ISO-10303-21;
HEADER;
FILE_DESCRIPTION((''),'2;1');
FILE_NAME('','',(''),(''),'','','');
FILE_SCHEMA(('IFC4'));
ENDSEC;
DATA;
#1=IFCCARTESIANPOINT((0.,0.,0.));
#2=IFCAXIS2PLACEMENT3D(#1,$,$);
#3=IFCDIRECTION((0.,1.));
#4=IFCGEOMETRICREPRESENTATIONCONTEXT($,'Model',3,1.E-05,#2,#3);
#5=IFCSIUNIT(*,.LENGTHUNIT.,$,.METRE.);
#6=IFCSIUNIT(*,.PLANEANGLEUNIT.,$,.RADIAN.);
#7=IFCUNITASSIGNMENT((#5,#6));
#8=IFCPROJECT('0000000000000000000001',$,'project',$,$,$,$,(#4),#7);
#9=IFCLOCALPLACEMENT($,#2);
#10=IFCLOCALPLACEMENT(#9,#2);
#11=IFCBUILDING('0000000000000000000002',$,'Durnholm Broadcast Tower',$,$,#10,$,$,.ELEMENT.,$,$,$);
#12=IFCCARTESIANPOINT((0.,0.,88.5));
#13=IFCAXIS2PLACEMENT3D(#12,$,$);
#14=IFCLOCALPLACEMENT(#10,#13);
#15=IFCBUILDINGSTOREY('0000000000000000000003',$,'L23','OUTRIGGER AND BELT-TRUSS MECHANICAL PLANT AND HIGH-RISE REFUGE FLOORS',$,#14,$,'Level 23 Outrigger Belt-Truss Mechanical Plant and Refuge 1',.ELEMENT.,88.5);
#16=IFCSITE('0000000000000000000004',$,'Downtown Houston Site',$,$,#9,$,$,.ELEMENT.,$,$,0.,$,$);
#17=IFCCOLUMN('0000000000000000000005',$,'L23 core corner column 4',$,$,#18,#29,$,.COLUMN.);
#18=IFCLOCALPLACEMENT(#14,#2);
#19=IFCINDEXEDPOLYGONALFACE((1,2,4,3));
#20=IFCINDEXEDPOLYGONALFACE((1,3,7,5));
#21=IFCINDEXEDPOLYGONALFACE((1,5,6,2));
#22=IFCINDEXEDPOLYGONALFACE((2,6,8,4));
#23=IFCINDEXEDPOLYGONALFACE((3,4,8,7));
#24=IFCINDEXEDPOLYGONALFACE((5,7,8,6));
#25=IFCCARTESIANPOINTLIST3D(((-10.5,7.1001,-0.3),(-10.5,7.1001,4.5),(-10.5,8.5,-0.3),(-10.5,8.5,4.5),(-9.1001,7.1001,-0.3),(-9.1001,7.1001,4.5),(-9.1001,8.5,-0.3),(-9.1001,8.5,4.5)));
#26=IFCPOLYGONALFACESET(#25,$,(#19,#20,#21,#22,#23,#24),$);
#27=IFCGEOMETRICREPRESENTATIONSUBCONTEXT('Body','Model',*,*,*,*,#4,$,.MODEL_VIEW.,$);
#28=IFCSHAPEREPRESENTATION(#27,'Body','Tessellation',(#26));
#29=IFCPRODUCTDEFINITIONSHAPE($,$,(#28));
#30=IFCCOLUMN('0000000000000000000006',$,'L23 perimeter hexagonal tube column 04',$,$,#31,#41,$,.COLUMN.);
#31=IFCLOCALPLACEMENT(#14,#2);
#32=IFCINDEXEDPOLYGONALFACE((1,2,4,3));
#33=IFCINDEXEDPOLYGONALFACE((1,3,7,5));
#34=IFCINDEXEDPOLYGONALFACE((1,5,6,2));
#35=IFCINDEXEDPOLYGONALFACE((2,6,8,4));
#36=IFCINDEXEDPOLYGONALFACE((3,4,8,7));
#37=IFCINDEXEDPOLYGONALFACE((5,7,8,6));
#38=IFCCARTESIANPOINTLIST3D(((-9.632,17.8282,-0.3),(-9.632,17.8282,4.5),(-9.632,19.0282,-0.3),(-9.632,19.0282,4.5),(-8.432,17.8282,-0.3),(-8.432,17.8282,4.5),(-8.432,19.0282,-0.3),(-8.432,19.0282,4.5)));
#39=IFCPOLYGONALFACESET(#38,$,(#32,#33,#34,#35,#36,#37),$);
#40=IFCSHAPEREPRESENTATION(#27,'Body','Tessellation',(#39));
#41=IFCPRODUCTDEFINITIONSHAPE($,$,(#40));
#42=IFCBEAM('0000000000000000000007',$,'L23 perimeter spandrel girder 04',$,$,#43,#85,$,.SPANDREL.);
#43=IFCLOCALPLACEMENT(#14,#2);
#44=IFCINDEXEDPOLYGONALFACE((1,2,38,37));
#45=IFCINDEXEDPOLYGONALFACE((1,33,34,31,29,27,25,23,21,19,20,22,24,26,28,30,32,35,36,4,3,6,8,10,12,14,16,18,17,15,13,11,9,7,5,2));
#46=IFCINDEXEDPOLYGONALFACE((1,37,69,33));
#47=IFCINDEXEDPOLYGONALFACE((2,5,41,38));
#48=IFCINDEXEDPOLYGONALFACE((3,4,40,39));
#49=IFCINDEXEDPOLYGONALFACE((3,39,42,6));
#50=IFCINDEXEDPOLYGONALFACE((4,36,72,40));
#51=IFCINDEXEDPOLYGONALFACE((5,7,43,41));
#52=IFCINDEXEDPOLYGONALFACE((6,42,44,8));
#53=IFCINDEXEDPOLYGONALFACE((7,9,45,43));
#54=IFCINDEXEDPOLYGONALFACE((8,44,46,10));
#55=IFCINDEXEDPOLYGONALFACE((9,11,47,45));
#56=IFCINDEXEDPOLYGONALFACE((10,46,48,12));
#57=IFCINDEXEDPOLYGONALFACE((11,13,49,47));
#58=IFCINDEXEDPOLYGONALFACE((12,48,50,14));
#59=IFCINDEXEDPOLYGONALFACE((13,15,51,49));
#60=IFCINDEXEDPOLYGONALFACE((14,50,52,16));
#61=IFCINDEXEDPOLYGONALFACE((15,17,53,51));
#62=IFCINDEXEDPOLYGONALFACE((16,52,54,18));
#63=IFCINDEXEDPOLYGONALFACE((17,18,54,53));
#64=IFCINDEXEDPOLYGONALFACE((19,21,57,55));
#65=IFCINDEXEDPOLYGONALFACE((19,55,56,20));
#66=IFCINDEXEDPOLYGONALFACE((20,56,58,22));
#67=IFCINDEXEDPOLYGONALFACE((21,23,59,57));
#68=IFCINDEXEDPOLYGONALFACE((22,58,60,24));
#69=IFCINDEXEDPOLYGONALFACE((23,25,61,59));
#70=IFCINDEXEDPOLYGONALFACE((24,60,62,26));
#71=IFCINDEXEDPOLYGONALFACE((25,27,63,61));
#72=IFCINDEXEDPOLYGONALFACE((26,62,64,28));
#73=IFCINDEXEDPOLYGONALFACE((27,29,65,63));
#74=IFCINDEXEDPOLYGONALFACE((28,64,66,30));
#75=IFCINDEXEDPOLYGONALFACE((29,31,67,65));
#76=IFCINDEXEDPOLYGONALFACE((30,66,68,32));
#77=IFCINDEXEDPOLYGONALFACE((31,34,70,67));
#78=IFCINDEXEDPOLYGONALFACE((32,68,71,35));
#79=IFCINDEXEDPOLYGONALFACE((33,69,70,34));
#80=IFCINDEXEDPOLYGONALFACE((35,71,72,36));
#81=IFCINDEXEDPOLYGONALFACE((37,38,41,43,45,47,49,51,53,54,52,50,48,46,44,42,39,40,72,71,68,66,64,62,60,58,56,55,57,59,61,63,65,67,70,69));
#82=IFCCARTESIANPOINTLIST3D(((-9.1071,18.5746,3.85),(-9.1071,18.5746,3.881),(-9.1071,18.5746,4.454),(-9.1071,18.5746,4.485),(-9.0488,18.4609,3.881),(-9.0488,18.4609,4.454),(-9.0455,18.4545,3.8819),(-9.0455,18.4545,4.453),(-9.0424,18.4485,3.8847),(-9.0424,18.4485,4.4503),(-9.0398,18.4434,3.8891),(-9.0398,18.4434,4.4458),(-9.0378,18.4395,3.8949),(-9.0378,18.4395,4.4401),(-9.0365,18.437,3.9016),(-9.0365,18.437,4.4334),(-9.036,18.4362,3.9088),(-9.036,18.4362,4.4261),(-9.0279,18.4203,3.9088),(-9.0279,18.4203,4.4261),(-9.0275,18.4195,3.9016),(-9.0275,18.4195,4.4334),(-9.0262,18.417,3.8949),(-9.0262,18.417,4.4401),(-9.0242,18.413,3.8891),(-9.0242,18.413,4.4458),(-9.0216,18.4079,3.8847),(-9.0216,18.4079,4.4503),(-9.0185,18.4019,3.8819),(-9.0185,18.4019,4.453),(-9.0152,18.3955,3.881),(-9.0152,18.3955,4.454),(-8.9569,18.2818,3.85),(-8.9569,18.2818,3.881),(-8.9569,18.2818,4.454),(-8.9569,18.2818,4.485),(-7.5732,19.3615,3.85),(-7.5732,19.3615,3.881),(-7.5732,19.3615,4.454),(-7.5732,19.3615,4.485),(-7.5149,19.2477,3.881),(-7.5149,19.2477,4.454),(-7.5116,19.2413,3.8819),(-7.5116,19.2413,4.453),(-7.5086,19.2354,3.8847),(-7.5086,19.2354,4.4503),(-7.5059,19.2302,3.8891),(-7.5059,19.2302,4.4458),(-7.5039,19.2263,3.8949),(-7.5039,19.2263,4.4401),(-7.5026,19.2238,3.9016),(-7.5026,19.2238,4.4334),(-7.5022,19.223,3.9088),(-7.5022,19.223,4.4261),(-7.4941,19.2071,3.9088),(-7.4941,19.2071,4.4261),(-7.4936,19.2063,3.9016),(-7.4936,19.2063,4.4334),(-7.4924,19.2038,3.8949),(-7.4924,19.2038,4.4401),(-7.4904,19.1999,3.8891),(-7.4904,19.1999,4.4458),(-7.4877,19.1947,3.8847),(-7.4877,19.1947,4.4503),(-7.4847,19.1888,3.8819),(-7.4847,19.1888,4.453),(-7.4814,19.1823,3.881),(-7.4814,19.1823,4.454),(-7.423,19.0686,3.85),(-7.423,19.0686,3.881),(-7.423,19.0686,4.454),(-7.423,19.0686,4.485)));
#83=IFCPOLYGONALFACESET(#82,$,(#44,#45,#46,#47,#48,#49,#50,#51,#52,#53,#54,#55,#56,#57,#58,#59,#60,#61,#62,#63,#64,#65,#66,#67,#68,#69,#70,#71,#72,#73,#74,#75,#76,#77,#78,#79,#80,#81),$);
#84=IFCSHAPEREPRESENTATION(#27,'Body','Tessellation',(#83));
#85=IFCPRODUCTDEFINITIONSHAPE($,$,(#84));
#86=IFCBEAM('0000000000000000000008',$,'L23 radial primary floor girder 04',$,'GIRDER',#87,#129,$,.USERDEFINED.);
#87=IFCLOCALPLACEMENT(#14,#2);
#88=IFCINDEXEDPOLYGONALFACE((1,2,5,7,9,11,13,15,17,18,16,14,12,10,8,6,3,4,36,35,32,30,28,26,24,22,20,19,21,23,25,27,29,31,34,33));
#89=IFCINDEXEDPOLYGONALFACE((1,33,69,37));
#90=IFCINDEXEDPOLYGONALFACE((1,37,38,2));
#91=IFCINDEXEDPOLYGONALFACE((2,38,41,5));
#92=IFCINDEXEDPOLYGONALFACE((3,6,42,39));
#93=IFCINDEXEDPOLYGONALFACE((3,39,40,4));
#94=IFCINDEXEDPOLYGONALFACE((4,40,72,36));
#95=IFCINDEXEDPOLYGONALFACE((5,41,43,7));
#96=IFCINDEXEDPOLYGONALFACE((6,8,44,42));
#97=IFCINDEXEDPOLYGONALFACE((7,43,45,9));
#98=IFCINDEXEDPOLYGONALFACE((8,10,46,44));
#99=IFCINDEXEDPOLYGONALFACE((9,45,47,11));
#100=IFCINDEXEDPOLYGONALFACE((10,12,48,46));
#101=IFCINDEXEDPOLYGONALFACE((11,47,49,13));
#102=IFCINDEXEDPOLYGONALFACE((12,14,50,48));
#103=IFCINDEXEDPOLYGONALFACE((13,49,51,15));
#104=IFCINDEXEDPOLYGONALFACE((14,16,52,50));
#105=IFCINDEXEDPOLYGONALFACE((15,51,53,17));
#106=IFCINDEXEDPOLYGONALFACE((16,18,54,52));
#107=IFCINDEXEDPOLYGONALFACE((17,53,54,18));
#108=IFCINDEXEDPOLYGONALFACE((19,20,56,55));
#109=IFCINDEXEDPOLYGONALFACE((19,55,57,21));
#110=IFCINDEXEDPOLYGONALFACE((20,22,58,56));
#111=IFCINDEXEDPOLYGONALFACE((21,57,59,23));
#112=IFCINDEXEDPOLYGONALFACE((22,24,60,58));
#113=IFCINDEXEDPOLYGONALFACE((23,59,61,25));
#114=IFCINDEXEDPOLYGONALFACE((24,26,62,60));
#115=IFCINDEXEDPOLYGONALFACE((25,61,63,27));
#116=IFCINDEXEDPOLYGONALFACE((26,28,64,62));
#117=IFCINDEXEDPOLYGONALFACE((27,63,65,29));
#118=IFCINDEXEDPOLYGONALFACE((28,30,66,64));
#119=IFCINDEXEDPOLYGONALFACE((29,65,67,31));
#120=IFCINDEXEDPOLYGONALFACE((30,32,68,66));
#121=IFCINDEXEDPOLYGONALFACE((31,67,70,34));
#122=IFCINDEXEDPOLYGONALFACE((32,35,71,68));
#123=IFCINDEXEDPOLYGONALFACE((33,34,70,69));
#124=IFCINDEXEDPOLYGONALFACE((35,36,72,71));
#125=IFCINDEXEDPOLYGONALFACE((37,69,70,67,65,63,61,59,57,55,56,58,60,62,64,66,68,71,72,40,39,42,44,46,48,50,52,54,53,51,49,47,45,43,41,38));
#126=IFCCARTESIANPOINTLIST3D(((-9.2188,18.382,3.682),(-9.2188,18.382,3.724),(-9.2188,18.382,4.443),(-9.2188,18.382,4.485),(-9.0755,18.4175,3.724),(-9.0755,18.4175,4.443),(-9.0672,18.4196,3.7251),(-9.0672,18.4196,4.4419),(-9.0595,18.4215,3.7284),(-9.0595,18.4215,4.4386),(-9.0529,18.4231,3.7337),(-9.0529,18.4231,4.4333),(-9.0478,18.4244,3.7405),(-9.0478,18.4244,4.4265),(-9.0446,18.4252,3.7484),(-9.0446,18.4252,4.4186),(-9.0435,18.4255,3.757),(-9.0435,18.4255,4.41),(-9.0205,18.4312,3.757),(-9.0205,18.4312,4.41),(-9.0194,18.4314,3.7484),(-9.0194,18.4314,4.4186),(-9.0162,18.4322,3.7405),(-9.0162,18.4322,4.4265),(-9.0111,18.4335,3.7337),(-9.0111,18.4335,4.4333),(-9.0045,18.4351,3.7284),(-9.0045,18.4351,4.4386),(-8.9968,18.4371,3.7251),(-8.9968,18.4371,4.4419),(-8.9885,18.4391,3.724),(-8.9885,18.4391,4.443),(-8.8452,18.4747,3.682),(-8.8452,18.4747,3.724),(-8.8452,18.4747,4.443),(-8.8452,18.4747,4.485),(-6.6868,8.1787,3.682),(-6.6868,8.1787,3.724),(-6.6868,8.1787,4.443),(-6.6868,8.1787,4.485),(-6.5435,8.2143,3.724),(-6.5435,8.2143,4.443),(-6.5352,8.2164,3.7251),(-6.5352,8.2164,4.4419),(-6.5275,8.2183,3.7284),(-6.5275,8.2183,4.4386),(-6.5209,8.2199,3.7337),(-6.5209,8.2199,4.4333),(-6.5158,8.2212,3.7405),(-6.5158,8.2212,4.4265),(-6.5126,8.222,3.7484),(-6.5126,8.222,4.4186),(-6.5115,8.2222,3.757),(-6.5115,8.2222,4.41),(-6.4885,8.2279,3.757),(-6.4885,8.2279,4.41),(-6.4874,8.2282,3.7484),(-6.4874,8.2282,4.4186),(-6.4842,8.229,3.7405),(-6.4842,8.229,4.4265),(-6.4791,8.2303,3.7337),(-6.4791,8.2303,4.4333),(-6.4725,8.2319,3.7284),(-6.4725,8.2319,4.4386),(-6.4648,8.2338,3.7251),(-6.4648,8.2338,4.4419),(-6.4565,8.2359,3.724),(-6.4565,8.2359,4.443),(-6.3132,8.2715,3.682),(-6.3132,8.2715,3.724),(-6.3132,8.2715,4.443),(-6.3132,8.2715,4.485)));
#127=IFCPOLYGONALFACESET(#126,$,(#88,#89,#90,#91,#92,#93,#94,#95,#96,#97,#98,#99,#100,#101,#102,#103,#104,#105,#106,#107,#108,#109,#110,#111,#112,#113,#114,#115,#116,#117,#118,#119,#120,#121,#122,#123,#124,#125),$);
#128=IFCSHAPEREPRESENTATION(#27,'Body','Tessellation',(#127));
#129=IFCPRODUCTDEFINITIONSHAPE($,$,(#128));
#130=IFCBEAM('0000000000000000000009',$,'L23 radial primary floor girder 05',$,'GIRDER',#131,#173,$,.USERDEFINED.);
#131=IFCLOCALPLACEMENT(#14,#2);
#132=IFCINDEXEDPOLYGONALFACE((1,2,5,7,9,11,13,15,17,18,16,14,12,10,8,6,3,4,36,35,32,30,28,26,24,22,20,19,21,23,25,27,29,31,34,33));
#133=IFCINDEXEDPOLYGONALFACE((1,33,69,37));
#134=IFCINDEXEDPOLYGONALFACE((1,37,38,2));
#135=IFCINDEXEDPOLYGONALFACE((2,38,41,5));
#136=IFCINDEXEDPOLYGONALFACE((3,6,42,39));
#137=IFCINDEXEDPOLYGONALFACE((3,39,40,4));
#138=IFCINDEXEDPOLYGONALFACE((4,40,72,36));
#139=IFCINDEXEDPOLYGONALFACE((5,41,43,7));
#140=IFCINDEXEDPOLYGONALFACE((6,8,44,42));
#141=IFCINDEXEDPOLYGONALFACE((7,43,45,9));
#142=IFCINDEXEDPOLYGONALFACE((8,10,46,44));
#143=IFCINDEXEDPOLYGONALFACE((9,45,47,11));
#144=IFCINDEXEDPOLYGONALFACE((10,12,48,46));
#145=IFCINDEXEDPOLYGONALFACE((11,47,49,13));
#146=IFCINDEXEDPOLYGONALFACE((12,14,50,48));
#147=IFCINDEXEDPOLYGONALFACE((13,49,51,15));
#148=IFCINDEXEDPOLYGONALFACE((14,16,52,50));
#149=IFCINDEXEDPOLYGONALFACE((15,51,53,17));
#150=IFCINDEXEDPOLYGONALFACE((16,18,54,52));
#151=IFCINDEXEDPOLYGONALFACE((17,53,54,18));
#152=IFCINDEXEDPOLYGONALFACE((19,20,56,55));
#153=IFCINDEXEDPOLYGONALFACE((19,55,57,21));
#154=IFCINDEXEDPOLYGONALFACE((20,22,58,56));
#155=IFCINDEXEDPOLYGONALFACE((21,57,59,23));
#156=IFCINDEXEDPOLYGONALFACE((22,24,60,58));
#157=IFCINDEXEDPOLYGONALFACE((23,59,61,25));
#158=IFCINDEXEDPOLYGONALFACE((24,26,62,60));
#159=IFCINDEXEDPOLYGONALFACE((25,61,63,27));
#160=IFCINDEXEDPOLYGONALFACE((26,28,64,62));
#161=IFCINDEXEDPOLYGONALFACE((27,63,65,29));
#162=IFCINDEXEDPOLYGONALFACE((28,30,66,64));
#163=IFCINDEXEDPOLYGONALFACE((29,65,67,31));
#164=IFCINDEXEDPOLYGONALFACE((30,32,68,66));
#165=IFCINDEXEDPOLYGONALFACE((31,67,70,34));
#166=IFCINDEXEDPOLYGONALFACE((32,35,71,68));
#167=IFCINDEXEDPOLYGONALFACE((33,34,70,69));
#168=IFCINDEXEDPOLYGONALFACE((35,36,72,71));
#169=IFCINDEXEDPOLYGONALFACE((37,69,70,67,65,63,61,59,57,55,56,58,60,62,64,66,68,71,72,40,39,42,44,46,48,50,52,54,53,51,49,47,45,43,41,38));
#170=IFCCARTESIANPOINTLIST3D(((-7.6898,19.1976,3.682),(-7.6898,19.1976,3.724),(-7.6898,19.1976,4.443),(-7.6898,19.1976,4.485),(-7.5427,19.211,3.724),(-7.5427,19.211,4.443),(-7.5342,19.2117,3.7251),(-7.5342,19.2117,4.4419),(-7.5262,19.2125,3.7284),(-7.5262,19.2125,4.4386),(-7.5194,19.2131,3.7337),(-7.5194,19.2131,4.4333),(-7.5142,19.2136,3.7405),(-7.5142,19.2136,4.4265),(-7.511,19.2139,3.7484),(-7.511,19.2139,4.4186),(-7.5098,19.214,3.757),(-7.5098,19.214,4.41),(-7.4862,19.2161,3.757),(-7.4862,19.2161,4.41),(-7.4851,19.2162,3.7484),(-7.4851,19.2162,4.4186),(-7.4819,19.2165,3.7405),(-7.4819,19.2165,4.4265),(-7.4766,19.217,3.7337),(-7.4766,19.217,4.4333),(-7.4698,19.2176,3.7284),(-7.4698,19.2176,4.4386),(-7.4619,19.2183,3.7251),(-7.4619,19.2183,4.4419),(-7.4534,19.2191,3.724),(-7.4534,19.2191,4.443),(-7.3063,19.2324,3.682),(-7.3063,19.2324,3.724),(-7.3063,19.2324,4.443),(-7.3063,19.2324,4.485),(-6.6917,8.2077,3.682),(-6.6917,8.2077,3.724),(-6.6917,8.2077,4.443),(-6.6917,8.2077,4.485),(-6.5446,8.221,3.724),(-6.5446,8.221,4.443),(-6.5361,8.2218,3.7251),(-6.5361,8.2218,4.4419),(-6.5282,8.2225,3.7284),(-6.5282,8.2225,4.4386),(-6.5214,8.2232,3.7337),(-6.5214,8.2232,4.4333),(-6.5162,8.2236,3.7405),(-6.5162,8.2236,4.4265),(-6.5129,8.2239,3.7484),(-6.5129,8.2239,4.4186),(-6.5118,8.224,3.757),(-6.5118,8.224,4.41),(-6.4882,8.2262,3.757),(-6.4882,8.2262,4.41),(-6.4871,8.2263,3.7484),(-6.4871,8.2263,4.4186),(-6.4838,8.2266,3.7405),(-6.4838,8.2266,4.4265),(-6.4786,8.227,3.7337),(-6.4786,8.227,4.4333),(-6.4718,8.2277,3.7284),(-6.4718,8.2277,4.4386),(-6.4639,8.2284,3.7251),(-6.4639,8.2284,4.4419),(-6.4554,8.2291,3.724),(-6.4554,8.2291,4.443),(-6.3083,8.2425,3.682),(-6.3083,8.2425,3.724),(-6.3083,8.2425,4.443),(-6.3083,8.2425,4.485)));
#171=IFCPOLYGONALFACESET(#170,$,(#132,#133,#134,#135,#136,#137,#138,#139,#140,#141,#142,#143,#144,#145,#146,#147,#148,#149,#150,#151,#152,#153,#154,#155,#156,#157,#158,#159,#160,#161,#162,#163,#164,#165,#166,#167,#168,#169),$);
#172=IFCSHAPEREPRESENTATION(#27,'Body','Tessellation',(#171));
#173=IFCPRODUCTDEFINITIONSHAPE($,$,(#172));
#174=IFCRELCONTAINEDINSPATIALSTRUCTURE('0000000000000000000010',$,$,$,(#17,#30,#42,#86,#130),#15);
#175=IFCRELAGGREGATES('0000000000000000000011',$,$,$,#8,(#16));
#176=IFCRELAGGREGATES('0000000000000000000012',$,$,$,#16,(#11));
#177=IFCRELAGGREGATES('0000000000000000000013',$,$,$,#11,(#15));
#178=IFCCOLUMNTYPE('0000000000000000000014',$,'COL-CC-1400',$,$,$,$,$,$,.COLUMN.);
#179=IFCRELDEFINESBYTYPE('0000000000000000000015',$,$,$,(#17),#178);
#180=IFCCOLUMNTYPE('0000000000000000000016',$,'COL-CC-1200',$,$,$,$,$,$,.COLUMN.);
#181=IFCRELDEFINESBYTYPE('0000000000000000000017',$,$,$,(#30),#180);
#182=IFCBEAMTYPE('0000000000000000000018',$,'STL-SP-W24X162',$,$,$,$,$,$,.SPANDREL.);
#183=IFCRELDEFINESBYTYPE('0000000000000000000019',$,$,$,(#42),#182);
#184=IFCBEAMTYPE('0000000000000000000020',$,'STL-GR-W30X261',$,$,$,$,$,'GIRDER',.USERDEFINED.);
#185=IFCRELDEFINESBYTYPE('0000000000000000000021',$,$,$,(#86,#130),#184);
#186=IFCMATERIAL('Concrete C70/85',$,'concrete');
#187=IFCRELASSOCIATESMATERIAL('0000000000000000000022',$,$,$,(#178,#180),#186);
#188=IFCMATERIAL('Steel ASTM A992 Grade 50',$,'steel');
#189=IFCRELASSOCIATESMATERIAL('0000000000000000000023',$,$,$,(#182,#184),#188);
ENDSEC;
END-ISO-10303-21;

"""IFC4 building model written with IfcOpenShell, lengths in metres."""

from ifc_helpers import new_model, si_unit, direction, frame, origin, origin_2d, place, context, subcontext, project, spatial, rectangle, i_section, extrude, source, transform, mapped, material, material_profile, profile_set, type_object, type_shapes, element, save


model = new_model("IFC4")

# Units and contexts
model_context = context("Model", 3, precision=1e-05, world=origin(), true_north=direction((0.0, 1.0)))
body_context = subcontext(model_context, "Body", "Model", "MODEL_VIEW")
ifc_project = project(units=[si_unit("LENGTHUNIT", "METRE"), si_unit("PLANEANGLEUNIT", "RADIAN")], contexts=[model_context])

# Site, building, storey
site_placement = place(None, origin())
site = spatial("IfcSite", under=ifc_project, at=site_placement, Name="Downtown Houston Site", CompositionType="ELEMENT", RefElevation=0.0)
building_placement = place(site_placement, origin())
building = spatial("IfcBuilding", under=site, at=building_placement, Name="Durnholm Broadcast Tower", CompositionType="ELEMENT")
storey_placement = place(building_placement, frame((0.0, 0.0, 88.5)))
storey = spatial("IfcBuildingStorey", under=building, at=storey_placement, Name="L23", Description="OUTRIGGER AND BELT-TRUSS MECHANICAL PLANT AND HIGH-RISE REFUGE FLOORS", LongName="Level 23 Outrigger Belt-Truss Mechanical Plant and Refuge 1", CompositionType="ELEMENT", Elevation=88.5)

# Columns
ifc_material_1 = material(Name="Concrete C70/85", Category="concrete")
ifc_material_profile_1 = material_profile(ifc_material_1, rectangle(XDim=1.3999, YDim=1.3999, at=origin_2d()), Name="RC1400X1400")
ifc_profile_set_1 = profile_set([ifc_material_profile_1], Name="Concrete C70/85")
column_type_1 = type_object("IfcColumnType", Name="COL-CC-1400", PredefinedType="COLUMN", material=ifc_profile_set_1)
shared_shape_1 = source(origin(), body_context, "Body", "SweptSolid", [
    extrude(rectangle(XDim=1.3999, YDim=1.3999, at=origin_2d()), origin(), (0.0, 0.0, 1.0), 4.8),
])
type_shapes(column_type_1, [shared_shape_1])
column_1_placement = place(storey_placement, frame((-9.8, 7.8, -0.3), z_axis=(0.0, 0.0, 1.0), x_axis=(1.0, 0.0, 0.0)))
element("IfcColumn", 1, at=column_1_placement, inside=storey, type_object=column_type_1, Name="L23 core corner column 4", PredefinedType="COLUMN", context=body_context, shape_type="MappedRepresentation", body=[
    mapped(shared_shape_1, transform((0.0, 0.0, 0.0), x_axis=(1.0, 0.0, 0.0), y_axis=(0.0, 1.0, 0.0), z_axis=(0.0, 0.0, 1.0), scale=1.0)),
])
ifc_material_profile_2 = material_profile(ifc_material_1, rectangle(XDim=1.2, YDim=1.2, at=origin_2d()), Name="RC1200X1200")
ifc_profile_set_2 = profile_set([ifc_material_profile_2], Name="Concrete C70/85")
column_type_2 = type_object("IfcColumnType", Name="COL-CC-1200", PredefinedType="COLUMN", material=ifc_profile_set_2)
shared_shape_2 = source(origin(), body_context, "Body", "SweptSolid", [
    extrude(rectangle(XDim=1.2, YDim=1.2, at=origin_2d()), origin(), (0.0, 0.0, 1.0), 4.8),
])
type_shapes(column_type_2, [shared_shape_2])
column_2_placement = place(storey_placement, frame((-9.032, 18.4282, -0.3), z_axis=(0.0, 0.0, 1.0), x_axis=(1.0, 0.0, 0.0)))
element("IfcColumn", 2, at=column_2_placement, inside=storey, type_object=column_type_2, Name="L23 perimeter hexagonal tube column 04", PredefinedType="COLUMN", context=body_context, shape_type="MappedRepresentation", body=[
    mapped(shared_shape_2, transform((0.0, 0.0, 0.0), x_axis=(1.0, 0.0, 0.0), y_axis=(0.0, 1.0, 0.0), z_axis=(0.0, 0.0, 1.0), scale=1.0)),
])

# Beams
ifc_material_2 = material(Name="Steel ASTM A992 Grade 50", Category="steel")
ifc_material_profile_3 = material_profile(ifc_material_2, i_section(OverallWidth=0.3291, OverallDepth=0.635, WebThickness=0.0178, FlangeThickness=0.031, FilletRadius=0.0278, at=origin_2d()), Name="W24X162")
ifc_profile_set_3 = profile_set([ifc_material_profile_3], Name="Steel ASTM A992 Grade 50")
beam_type_1 = type_object("IfcBeamType", Name="STL-SP-W24X162", PredefinedType="SPANDREL", material=ifc_profile_set_3)
shared_shape_3 = source(origin(), body_context, "Body", "SweptSolid", [
    extrude(i_section(OverallWidth=0.3291, OverallDepth=0.635, WebThickness=0.0178, FlangeThickness=0.031, FilletRadius=0.0278, at=origin_2d()), origin(), (0.0, 0.0, 1.0), 1.7239),
])
type_shapes(beam_type_1, [shared_shape_3])
beam_1_placement = place(storey_placement, frame((-9.032, 18.4282, 4.1675), z_axis=(0.889763, 0.456423, 0.0), x_axis=(-0.456423, 0.889763, 0.0)))
element("IfcBeam", 3, at=beam_1_placement, inside=storey, type_object=beam_type_1, Name="L23 perimeter spandrel girder 04", PredefinedType="SPANDREL", context=body_context, shape_type="MappedRepresentation", body=[
    mapped(shared_shape_3, transform((0.0, 0.0, 0.0), x_axis=(1.0, 0.0, 0.0), y_axis=(0.0, 1.0, 0.0), z_axis=(0.0, 0.0, 1.0), scale=1.0)),
])
ifc_material_profile_4 = material_profile(ifc_material_2, i_section(OverallWidth=0.385, OverallDepth=0.803, WebThickness=0.0237, FlangeThickness=0.042, FilletRadius=0.033, at=origin_2d()), Name="W30X261")
ifc_profile_set_4 = profile_set([ifc_material_profile_4], Name="Steel ASTM A992 Grade 50")
beam_type_2 = type_object("IfcBeamType", Name="STL-GR-W30X261", ElementType="GIRDER", PredefinedType="USERDEFINED", material=ifc_profile_set_4)
shared_shape_4 = source(origin(), body_context, "Body", "SweptSolid", [
    extrude(i_section(OverallWidth=0.385, OverallDepth=0.803, WebThickness=0.0237, FlangeThickness=0.042, FilletRadius=0.033, at=origin_2d()), origin(), (0.0, 0.0, 1.0), 10.5127),
])
beam_2_placement = place(storey_placement, frame((-6.5, 8.2251, 4.0835), z_axis=(-0.240852, 0.970562, 0.0), x_axis=(-0.970562, -0.240852, 0.0)))
element("IfcBeam", 4, at=beam_2_placement, inside=storey, type_object=beam_type_2, Name="L23 radial primary floor girder 04", ObjectType="GIRDER", PredefinedType="USERDEFINED", context=body_context, shape_type="MappedRepresentation", body=[
    mapped(shared_shape_4, transform((0.0, 0.0, 0.0), x_axis=(1.0, 0.0, 0.0), y_axis=(0.0, 1.0, 0.0), z_axis=(0.0, 0.0, 1.0), scale=1.0)),
])
shared_shape_5 = source(origin(), body_context, "Body", "SweptSolid", [
    extrude(i_section(OverallWidth=0.385, OverallDepth=0.803, WebThickness=0.0237, FlangeThickness=0.042, FilletRadius=0.033, at=origin_2d()), origin(), (0.0, 0.0, 1.0), 11.0352),
])
type_shapes(beam_type_2, [shared_shape_4, shared_shape_5])
beam_3_placement = place(storey_placement, frame((-6.5, 8.2251, 4.0835), z_axis=(-0.090442, 0.995902, 0.0), x_axis=(-0.995902, -0.090442, 0.0)))
element("IfcBeam", 5, at=beam_3_placement, inside=storey, type_object=beam_type_2, Name="L23 radial primary floor girder 05", ObjectType="GIRDER", PredefinedType="USERDEFINED", context=body_context, shape_type="MappedRepresentation", body=[
    mapped(shared_shape_5, transform((0.0, 0.0, 0.0), x_axis=(1.0, 0.0, 0.0), y_axis=(0.0, 1.0, 0.0), z_axis=(0.0, 0.0, 1.0), scale=1.0)),
])

save(model, "model.ifc")
